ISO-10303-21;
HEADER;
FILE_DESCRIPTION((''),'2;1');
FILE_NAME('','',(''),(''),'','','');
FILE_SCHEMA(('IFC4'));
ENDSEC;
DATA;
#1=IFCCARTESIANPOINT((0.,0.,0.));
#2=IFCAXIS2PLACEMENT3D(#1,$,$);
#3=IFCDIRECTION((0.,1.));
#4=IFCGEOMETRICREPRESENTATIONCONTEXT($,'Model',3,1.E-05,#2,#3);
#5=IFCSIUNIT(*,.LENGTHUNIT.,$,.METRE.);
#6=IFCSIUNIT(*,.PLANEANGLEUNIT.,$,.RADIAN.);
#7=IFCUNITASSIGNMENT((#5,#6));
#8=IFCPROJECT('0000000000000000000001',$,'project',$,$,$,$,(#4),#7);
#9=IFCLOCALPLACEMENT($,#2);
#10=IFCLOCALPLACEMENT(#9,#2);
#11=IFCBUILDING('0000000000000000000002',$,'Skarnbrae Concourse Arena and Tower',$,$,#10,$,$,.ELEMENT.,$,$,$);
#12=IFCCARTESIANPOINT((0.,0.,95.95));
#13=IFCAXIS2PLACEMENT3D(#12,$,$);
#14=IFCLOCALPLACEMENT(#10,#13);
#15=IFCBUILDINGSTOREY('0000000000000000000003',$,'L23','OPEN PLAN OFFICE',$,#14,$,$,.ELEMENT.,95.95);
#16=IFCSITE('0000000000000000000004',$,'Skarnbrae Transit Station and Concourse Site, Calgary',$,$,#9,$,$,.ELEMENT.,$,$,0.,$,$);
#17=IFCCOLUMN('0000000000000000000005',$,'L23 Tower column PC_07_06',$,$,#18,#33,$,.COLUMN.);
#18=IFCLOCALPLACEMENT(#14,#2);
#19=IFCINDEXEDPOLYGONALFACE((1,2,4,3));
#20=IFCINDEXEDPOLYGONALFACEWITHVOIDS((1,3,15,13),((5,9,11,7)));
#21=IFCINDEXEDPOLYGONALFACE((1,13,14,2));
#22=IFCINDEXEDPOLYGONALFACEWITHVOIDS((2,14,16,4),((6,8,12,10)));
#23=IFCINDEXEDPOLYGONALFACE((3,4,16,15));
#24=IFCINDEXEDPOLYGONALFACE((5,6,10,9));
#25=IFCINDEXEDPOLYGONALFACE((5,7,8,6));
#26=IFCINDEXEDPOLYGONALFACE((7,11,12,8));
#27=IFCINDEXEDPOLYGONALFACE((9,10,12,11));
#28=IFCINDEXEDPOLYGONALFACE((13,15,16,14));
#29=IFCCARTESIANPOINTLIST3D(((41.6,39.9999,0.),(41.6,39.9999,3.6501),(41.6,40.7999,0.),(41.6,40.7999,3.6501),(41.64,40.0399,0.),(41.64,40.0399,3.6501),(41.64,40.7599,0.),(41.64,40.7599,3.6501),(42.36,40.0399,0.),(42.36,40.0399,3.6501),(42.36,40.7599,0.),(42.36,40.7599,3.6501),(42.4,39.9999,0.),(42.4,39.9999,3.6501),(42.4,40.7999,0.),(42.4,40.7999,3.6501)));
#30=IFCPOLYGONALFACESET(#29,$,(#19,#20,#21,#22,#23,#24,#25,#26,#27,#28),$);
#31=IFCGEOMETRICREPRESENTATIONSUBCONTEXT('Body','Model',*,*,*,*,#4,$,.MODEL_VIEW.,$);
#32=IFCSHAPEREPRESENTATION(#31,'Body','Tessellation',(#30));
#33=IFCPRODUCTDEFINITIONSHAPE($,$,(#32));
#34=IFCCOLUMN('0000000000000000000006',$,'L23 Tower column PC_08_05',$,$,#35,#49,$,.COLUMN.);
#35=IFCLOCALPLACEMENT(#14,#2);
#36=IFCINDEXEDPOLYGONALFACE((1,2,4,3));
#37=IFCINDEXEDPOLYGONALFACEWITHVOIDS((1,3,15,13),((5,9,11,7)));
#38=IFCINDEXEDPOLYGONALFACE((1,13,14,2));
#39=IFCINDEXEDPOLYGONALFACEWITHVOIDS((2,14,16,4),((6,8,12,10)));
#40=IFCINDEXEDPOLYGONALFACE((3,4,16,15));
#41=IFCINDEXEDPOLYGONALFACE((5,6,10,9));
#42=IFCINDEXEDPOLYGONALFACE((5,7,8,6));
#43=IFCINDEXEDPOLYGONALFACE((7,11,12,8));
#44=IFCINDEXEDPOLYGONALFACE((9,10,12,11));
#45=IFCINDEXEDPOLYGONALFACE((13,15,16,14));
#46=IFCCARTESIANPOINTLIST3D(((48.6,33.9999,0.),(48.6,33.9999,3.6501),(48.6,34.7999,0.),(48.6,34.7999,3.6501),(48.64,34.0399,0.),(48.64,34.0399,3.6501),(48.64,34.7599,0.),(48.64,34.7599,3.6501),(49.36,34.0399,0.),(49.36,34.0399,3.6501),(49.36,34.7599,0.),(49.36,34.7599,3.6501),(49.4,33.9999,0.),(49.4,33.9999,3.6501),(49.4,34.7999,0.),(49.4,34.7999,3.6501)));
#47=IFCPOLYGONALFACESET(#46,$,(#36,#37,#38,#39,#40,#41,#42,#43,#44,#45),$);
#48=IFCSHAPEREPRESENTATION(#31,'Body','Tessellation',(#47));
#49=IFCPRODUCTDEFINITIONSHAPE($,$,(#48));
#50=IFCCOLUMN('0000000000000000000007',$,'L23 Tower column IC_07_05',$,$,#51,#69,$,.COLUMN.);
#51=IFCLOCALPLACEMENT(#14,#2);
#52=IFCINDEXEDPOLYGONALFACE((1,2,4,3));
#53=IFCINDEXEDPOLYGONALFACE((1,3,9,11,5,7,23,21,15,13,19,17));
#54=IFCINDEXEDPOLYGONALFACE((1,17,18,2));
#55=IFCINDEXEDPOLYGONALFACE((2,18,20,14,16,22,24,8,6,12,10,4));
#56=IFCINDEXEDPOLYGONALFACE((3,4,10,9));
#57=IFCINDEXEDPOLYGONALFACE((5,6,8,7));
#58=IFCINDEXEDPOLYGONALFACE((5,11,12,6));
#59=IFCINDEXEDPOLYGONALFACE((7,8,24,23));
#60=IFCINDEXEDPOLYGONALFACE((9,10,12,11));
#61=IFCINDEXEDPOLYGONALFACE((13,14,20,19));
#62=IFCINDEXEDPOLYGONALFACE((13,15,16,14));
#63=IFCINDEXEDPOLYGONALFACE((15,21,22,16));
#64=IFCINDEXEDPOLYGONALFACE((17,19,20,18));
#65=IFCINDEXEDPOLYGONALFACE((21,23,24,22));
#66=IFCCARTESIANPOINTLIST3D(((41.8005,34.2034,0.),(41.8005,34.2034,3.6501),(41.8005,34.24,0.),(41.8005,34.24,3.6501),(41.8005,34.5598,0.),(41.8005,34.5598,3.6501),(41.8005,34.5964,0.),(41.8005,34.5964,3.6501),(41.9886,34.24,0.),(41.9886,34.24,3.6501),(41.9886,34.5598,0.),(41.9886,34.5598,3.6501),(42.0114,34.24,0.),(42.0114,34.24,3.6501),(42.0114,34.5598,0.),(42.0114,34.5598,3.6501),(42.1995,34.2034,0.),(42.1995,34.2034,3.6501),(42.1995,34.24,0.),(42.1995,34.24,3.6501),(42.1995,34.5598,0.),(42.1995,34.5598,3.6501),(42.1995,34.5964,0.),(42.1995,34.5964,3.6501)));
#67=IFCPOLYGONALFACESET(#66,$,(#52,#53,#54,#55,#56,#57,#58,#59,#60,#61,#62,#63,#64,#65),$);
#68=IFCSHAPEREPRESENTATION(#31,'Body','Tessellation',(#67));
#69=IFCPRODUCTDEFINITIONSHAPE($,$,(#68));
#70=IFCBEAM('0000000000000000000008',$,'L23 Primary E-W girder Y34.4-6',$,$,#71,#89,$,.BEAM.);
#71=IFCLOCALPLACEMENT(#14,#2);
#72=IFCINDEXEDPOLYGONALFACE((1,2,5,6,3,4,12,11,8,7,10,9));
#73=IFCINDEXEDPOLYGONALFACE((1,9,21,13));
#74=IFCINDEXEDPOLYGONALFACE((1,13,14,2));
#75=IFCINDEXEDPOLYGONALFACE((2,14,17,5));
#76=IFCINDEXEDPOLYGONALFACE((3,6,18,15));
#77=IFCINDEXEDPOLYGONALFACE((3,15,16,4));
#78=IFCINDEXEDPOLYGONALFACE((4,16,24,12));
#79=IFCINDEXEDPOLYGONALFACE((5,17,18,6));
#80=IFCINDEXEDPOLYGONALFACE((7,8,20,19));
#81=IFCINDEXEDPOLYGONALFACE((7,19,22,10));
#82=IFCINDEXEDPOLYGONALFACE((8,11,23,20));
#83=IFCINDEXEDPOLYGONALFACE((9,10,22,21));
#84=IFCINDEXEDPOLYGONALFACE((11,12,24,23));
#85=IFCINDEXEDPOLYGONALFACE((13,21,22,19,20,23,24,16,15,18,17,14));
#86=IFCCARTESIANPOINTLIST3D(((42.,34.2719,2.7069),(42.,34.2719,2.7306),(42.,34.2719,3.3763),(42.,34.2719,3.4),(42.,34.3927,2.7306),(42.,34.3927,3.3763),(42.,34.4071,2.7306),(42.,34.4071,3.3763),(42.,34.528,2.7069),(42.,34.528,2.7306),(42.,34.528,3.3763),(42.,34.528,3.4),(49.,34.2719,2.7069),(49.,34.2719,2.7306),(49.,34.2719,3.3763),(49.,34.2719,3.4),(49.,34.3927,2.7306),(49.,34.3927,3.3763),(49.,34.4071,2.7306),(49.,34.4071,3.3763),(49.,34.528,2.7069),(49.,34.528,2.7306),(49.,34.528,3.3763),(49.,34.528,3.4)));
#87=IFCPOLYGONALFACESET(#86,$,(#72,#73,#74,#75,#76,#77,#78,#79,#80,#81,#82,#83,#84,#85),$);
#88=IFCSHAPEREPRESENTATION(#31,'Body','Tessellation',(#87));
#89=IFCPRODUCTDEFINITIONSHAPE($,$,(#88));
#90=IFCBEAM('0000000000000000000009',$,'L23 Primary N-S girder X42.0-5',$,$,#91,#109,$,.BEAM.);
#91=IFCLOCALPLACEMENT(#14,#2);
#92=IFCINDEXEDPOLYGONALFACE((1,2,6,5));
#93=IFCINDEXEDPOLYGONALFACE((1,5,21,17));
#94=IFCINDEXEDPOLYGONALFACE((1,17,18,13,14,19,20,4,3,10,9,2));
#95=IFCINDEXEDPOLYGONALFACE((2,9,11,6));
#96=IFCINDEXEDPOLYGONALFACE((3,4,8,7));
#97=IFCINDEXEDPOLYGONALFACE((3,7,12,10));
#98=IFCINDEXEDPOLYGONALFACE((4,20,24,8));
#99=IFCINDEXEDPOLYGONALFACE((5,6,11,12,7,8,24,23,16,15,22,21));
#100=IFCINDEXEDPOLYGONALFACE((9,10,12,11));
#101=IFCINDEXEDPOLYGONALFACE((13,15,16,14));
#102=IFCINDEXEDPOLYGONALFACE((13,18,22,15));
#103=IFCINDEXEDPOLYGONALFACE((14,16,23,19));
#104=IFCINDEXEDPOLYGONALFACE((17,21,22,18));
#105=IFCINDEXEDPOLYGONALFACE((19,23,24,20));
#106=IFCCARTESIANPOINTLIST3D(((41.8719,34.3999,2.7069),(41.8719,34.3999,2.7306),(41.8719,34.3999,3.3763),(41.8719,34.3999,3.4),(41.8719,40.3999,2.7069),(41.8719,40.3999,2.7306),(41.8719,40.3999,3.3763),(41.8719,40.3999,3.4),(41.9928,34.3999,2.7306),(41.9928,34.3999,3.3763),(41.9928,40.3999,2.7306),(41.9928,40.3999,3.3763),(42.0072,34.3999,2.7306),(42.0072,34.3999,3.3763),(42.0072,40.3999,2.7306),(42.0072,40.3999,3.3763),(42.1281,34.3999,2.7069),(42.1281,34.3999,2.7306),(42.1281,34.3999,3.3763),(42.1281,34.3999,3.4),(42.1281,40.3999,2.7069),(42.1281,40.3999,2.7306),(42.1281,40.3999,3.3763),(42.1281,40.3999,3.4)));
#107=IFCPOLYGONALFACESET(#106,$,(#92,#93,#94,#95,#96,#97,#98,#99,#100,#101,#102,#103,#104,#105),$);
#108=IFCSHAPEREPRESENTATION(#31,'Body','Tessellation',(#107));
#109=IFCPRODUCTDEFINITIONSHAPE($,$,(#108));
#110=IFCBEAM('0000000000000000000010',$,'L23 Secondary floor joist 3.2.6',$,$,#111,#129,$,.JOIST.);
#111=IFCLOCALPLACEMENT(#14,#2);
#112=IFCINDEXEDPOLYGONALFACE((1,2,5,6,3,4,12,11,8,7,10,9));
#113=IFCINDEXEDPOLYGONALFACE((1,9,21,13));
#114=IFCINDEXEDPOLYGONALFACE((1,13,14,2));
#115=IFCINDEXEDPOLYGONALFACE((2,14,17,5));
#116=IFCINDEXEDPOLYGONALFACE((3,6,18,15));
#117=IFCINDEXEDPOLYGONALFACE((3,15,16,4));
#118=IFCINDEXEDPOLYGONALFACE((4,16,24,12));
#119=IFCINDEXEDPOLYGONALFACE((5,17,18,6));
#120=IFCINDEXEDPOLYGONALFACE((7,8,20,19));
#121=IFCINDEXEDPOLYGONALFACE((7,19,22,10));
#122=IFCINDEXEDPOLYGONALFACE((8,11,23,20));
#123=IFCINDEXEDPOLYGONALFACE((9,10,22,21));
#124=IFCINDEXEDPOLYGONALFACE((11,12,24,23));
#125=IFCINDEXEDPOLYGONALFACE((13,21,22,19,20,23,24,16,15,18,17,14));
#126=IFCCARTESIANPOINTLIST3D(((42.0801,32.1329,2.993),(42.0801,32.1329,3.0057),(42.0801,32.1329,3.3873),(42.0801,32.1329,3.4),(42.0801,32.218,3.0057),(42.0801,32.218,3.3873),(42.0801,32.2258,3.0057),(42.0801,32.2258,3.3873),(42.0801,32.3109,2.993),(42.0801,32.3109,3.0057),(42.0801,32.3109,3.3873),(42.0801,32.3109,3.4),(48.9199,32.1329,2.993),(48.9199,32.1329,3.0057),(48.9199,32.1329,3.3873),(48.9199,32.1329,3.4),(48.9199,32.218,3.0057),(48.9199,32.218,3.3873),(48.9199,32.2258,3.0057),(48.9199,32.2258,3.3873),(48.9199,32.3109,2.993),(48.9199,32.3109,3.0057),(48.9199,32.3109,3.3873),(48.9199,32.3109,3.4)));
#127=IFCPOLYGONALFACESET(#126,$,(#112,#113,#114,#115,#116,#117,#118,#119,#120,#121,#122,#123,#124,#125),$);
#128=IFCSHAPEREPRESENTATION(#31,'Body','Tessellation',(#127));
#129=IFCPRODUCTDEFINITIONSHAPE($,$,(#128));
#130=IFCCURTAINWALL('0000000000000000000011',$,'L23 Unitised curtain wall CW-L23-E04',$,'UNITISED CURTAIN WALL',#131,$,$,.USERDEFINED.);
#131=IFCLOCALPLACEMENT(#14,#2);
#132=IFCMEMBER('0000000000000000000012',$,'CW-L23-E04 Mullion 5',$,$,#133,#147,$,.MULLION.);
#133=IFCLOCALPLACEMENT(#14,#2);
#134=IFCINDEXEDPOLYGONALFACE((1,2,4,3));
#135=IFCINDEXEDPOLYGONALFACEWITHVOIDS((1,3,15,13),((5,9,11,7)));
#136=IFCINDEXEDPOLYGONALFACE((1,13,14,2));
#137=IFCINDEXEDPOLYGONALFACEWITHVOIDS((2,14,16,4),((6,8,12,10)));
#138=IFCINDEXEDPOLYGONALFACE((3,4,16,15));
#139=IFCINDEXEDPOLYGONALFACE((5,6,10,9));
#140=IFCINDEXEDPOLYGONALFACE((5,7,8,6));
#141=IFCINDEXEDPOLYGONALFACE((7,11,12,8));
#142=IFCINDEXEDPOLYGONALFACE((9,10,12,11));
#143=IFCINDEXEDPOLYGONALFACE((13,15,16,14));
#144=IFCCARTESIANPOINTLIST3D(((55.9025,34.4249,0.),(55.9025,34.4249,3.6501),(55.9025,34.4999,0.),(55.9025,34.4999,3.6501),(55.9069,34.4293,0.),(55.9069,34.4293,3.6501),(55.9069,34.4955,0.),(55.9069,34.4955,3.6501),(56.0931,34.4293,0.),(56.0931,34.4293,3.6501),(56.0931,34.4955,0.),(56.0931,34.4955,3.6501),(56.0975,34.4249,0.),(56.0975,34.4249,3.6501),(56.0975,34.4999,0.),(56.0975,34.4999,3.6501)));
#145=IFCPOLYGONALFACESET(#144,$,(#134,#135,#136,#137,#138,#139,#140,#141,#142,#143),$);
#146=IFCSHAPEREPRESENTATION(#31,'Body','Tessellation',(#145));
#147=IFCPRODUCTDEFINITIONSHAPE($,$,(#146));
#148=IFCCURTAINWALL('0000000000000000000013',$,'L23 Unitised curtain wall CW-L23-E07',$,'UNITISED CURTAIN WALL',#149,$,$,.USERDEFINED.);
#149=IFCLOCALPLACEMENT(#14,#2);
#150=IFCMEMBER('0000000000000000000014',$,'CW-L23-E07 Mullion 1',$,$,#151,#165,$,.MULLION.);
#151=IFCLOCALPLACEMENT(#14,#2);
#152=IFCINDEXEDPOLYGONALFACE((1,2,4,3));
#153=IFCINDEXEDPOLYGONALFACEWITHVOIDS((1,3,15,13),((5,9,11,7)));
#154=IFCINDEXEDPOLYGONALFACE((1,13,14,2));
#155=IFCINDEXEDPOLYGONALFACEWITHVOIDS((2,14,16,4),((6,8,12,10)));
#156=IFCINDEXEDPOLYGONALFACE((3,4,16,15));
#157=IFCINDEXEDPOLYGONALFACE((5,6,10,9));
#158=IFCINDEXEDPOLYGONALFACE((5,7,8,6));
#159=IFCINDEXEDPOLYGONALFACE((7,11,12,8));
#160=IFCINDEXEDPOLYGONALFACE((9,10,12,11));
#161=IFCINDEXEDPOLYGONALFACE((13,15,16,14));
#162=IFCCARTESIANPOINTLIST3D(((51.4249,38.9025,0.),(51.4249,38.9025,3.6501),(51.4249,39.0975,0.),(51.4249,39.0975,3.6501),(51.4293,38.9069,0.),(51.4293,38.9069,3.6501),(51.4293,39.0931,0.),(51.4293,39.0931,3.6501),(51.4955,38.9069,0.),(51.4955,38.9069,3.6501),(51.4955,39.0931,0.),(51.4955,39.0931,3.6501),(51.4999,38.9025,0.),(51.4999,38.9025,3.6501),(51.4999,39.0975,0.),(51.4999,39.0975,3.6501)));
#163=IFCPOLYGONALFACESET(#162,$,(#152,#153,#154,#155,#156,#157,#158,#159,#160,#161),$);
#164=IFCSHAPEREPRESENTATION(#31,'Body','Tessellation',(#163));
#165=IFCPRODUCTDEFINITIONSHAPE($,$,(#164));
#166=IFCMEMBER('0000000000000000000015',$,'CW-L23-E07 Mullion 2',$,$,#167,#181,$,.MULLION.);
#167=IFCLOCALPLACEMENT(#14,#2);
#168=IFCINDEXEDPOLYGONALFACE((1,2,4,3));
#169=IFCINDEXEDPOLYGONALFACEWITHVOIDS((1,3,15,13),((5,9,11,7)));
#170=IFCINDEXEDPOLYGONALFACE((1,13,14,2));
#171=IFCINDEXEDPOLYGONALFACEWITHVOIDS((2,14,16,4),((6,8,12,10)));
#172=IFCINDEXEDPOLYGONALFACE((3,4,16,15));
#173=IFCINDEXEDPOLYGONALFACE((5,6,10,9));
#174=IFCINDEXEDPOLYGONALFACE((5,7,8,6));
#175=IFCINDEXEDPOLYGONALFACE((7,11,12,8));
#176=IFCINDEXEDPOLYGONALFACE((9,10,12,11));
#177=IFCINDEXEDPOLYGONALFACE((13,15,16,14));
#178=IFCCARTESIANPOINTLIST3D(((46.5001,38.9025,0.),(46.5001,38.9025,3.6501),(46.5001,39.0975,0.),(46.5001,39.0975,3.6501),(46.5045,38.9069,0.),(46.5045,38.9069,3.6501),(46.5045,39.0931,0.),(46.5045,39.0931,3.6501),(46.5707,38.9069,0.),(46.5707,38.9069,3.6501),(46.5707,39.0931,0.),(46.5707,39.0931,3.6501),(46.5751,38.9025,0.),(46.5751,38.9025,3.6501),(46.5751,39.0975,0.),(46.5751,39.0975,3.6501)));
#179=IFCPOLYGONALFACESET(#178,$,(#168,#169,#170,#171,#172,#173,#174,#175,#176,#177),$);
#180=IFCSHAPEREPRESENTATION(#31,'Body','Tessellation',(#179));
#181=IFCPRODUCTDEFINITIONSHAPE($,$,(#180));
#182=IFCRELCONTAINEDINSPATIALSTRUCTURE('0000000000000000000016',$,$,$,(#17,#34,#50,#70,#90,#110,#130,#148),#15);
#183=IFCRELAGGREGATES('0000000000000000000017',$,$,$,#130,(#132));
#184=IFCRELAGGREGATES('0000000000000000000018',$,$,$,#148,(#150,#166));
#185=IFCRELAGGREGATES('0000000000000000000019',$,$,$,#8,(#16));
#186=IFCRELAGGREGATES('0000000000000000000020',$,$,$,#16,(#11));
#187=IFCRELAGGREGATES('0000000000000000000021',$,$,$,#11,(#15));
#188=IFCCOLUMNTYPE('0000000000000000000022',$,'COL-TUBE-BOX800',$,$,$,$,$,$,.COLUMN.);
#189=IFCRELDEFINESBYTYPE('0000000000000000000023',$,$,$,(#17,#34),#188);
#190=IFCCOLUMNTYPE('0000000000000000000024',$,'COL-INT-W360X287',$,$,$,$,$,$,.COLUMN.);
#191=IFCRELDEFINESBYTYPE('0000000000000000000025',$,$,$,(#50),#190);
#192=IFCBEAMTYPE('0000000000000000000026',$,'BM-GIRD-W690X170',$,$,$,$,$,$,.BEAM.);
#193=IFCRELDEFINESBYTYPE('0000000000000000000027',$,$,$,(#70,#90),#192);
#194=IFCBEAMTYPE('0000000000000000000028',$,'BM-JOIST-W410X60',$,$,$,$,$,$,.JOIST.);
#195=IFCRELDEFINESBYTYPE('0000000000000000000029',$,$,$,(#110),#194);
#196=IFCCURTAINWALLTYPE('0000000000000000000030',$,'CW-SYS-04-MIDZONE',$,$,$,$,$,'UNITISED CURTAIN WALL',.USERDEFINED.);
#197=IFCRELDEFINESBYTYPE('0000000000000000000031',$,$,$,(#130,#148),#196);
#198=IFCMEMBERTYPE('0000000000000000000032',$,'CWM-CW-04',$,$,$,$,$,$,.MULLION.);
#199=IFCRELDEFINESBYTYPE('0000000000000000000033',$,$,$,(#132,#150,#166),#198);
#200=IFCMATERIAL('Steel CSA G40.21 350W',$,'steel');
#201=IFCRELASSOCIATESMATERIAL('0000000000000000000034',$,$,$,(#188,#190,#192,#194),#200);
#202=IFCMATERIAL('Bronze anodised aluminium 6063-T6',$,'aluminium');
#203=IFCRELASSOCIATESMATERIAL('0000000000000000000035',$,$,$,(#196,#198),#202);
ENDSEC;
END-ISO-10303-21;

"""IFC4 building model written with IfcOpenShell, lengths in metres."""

from ifc_helpers import new_model, si_unit, direction, frame, origin, origin_2d, place, context, subcontext, project, spatial, hollow_rectangle, i_section, extrude, source, transform, mapped, material, material_profile, profile_set, type_object, element, aggregate, save


model = new_model("IFC4")

# Units and contexts
model_context = context("Model", 3, precision=1e-05, world=origin(), true_north=direction((0.0, 1.0)))
body_context = subcontext(model_context, "Body", "Model", "MODEL_VIEW")
ifc_project = project(units=[si_unit("LENGTHUNIT", "METRE"), si_unit("PLANEANGLEUNIT", "RADIAN")], contexts=[model_context])

# Site, building, storey
site_placement = place(None, origin())
site = spatial("IfcSite", under=ifc_project, at=site_placement, Name="Skarnbrae Transit Station and Concourse Site, Calgary", CompositionType="ELEMENT", RefElevation=0.0)
building_placement = place(site_placement, origin())
building = spatial("IfcBuilding", under=site, at=building_placement, Name="Skarnbrae Concourse Arena and Tower", CompositionType="ELEMENT")
storey_placement = place(building_placement, frame((0.0, 0.0, 95.95)))
storey = spatial("IfcBuildingStorey", under=building, at=storey_placement, Name="L23", Description="OPEN PLAN OFFICE", CompositionType="ELEMENT", Elevation=95.95)

# Columns
ifc_material_1 = material(Name="Steel CSA G40.21 350W", Category="steel")
ifc_material_profile_1 = material_profile(ifc_material_1, hollow_rectangle(XDim=0.8, YDim=0.8, WallThickness=0.04, at=origin_2d()), Name="BOX800X800X40")
ifc_profile_set_1 = profile_set([ifc_material_profile_1], Name="Steel CSA G40.21 350W")
column_type_1 = type_object("IfcColumnType", Name="COL-TUBE-BOX800", PredefinedType="COLUMN", material=ifc_profile_set_1)
shared_shape_1 = source(origin(), body_context, "Body", "SweptSolid", [
    extrude(hollow_rectangle(XDim=0.8, YDim=0.8, WallThickness=0.04, at=origin_2d()), origin(), (0.0, 0.0, 1.0), 3.6501),
])
for number, where, z_axis, x_axis, name in (
    (1, (42.0, 40.3999, 0.0), (0.0, 0.0, 1.0), (1.0, 0.0, 0.0), "L23 Tower column PC_07_06"),
    (2, (49.0, 34.3999, 0.0), (0.0, 0.0, 1.0), (1.0, 0.0, 0.0), "L23 Tower column PC_08_05"),
):
    element("IfcColumn", number, at=place(storey_placement, frame(where, z_axis=z_axis, x_axis=x_axis)), inside=storey, type_object=column_type_1, Name=name, PredefinedType="COLUMN", context=body_context, shape_type="MappedRepresentation", body=[
        mapped(shared_shape_1, transform((0.0, 0.0, 0.0))),
    ])
ifc_material_profile_2 = material_profile(ifc_material_1, i_section(OverallWidth=0.3989, OverallDepth=0.3931, WebThickness=0.0227, FlangeThickness=0.0366, at=origin_2d()), Name="W360X287")
ifc_profile_set_2 = profile_set([ifc_material_profile_2], Name="Steel CSA G40.21 350W")
column_type_2 = type_object("IfcColumnType", Name="COL-INT-W360X287", PredefinedType="COLUMN", material=ifc_profile_set_2)
shared_shape_2 = source(origin(), body_context, "Body", "SweptSolid", [
    extrude(i_section(OverallWidth=0.3989, OverallDepth=0.3931, WebThickness=0.0227, FlangeThickness=0.0366, at=origin_2d()), origin(), (0.0, 0.0, 1.0), 3.6501),
])
column_placement = place(storey_placement, frame((42.0, 34.3999, 0.0), z_axis=(0.0, 0.0, 1.0), x_axis=(1.0, 0.0, 0.0)))
element("IfcColumn", 3, at=column_placement, inside=storey, type_object=column_type_2, Name="L23 Tower column IC_07_05", PredefinedType="COLUMN", context=body_context, shape_type="MappedRepresentation", body=[
    mapped(shared_shape_2, transform((0.0, 0.0, 0.0))),
])

# Beams
ifc_material_profile_3 = material_profile(ifc_material_1, i_section(OverallWidth=0.2561, OverallDepth=0.6931, WebThickness=0.0144, FlangeThickness=0.0237, at=origin_2d()), Name="W690X170")
ifc_profile_set_3 = profile_set([ifc_material_profile_3], Name="Steel CSA G40.21 350W")
beam_type_1 = type_object("IfcBeamType", Name="BM-GIRD-W690X170", PredefinedType="BEAM", material=ifc_profile_set_3)
shared_shape_3 = source(origin(), body_context, "Body", "SweptSolid", [
    extrude(i_section(OverallWidth=0.2561, OverallDepth=0.6931, WebThickness=0.0144, FlangeThickness=0.0237, at=origin_2d()), origin(), (0.0, 0.0, 1.0), 7.0),
])
beam_1_placement = place(storey_placement, frame((42.0, 34.3999, 3.0535), z_axis=(1.0, 0.0, 0.0), x_axis=(0.0, 1.0, 0.0)))
element("IfcBeam", 4, at=beam_1_placement, inside=storey, type_object=beam_type_1, Name="L23 Primary E-W girder Y34.4-6", PredefinedType="BEAM", context=body_context, shape_type="MappedRepresentation", body=[
    mapped(shared_shape_3, transform((0.0, 0.0, 0.0))),
])
shared_shape_4 = source(origin(), body_context, "Body", "SweptSolid", [
    extrude(i_section(OverallWidth=0.2561, OverallDepth=0.6931, WebThickness=0.0144, FlangeThickness=0.0237, at=origin_2d()), origin(), (0.0, 0.0, 1.0), 6.0),
])
beam_2_placement = place(storey_placement, frame((42.0, 34.3999, 3.0535), z_axis=(0.0, 1.0, 0.0), x_axis=(-1.0, 0.0, 0.0)))
element("IfcBeam", 5, at=beam_2_placement, inside=storey, type_object=beam_type_1, Name="L23 Primary N-S girder X42.0-5", PredefinedType="BEAM", context=body_context, shape_type="MappedRepresentation", body=[
    mapped(shared_shape_4, transform((0.0, 0.0, 0.0))),
])
ifc_material_profile_4 = material_profile(ifc_material_1, i_section(OverallWidth=0.178, OverallDepth=0.407, WebThickness=0.0078, FlangeThickness=0.0127, at=origin_2d()), Name="W410X60")
ifc_profile_set_4 = profile_set([ifc_material_profile_4], Name="Steel CSA G40.21 350W")
beam_type_2 = type_object("IfcBeamType", Name="BM-JOIST-W410X60", PredefinedType="JOIST", material=ifc_profile_set_4)
shared_shape_5 = source(origin(), body_context, "Body", "SweptSolid", [
    extrude(i_section(OverallWidth=0.178, OverallDepth=0.407, WebThickness=0.0078, FlangeThickness=0.0127, at=origin_2d()), origin(), (0.0, 0.0, 1.0), 6.8398),
])
beam_3_placement = place(storey_placement, frame((42.0801, 32.2219, 3.1965), z_axis=(1.0, 0.0, 0.0), x_axis=(0.0, 1.0, 0.0)))
element("IfcBeam", 6, at=beam_3_placement, inside=storey, type_object=beam_type_2, Name="L23 Secondary floor joist 3.2.6", PredefinedType="JOIST", context=body_context, shape_type="MappedRepresentation", body=[
    mapped(shared_shape_5, transform((0.0, 0.0, 0.0))),
])

# Curtain wall, member
ifc_material_2 = material(Name="Bronze anodised aluminium 6063-T6", Category="aluminium")
curtain_wall_type = type_object("IfcCurtainWallType", Name="CW-SYS-04-MIDZONE", ElementType="UNITISED CURTAIN WALL", PredefinedType="USERDEFINED", material=ifc_material_2)
curtain_wall_1_placement = place(storey_placement, origin())
curtain_wall_1 = element("IfcCurtainWall", 7, at=curtain_wall_1_placement, inside=storey, type_object=curtain_wall_type, Name="L23 Unitised curtain wall CW-L23-E04", ObjectType="UNITISED CURTAIN WALL", PredefinedType="USERDEFINED")
ifc_material_profile_5 = material_profile(ifc_material_2, hollow_rectangle(XDim=0.075, YDim=0.1951, WallThickness=0.0044, at=origin_2d()), Name="ALU-MULL-75X195")
ifc_profile_set_5 = profile_set([ifc_material_profile_5], Name="Bronze anodised aluminium 6063-T6")
member_type_1 = type_object("IfcMemberType", Name="CWM-CW-04", PredefinedType="MULLION", material=ifc_profile_set_5)
shared_shape_6 = source(origin(), body_context, "Body", "SweptSolid", [
    extrude(hollow_rectangle(XDim=0.075, YDim=0.1951, WallThickness=0.0044, at=origin_2d()), origin(), (0.0, 0.0, 1.0), 3.6501),
])
member_1_placement = place(storey_placement, frame((56.0, 34.4624, 0.0), z_axis=(0.0, 0.0, 1.0), x_axis=(0.0, 1.0, 0.0)))
member_1 = element("IfcMember", 8, at=member_1_placement, type_object=member_type_1, Name="CW-L23-E04 Mullion 5", PredefinedType="MULLION", context=body_context, shape_type="MappedRepresentation", body=[
    mapped(shared_shape_6, transform((0.0, 0.0, 0.0))),
])
aggregate(curtain_wall_1, [member_1])

# Curtain wall, members
curtain_wall_2_placement = place(storey_placement, origin())
curtain_wall_2 = element("IfcCurtainWall", 9, at=curtain_wall_2_placement, inside=storey, type_object=curtain_wall_type, Name="L23 Unitised curtain wall CW-L23-E07", ObjectType="UNITISED CURTAIN WALL", PredefinedType="USERDEFINED")
member_2_placement = place(storey_placement, frame((51.4624, 39.0, 0.0), z_axis=(0.0, 0.0, 1.0), x_axis=(-1.0, 0.0, 0.0)))
member_2 = element("IfcMember", 10, at=member_2_placement, type_object=member_type_1, Name="CW-L23-E07 Mullion 1", PredefinedType="MULLION", context=body_context, shape_type="MappedRepresentation", body=[
    mapped(shared_shape_6, transform((0.0, 0.0, 0.0))),
])
member_3_placement = place(storey_placement, frame((46.5376, 39.0, 0.0), z_axis=(0.0, 0.0, 1.0), x_axis=(-1.0, 0.0, 0.0)))
member_3 = element("IfcMember", 11, at=member_3_placement, type_object=member_type_1, Name="CW-L23-E07 Mullion 2", PredefinedType="MULLION", context=body_context, shape_type="MappedRepresentation", body=[
    mapped(shared_shape_6, transform((0.0, 0.0, 0.0))),
])

aggregate(curtain_wall_2, [member_2, member_3])

save(model, "model.ifc")
